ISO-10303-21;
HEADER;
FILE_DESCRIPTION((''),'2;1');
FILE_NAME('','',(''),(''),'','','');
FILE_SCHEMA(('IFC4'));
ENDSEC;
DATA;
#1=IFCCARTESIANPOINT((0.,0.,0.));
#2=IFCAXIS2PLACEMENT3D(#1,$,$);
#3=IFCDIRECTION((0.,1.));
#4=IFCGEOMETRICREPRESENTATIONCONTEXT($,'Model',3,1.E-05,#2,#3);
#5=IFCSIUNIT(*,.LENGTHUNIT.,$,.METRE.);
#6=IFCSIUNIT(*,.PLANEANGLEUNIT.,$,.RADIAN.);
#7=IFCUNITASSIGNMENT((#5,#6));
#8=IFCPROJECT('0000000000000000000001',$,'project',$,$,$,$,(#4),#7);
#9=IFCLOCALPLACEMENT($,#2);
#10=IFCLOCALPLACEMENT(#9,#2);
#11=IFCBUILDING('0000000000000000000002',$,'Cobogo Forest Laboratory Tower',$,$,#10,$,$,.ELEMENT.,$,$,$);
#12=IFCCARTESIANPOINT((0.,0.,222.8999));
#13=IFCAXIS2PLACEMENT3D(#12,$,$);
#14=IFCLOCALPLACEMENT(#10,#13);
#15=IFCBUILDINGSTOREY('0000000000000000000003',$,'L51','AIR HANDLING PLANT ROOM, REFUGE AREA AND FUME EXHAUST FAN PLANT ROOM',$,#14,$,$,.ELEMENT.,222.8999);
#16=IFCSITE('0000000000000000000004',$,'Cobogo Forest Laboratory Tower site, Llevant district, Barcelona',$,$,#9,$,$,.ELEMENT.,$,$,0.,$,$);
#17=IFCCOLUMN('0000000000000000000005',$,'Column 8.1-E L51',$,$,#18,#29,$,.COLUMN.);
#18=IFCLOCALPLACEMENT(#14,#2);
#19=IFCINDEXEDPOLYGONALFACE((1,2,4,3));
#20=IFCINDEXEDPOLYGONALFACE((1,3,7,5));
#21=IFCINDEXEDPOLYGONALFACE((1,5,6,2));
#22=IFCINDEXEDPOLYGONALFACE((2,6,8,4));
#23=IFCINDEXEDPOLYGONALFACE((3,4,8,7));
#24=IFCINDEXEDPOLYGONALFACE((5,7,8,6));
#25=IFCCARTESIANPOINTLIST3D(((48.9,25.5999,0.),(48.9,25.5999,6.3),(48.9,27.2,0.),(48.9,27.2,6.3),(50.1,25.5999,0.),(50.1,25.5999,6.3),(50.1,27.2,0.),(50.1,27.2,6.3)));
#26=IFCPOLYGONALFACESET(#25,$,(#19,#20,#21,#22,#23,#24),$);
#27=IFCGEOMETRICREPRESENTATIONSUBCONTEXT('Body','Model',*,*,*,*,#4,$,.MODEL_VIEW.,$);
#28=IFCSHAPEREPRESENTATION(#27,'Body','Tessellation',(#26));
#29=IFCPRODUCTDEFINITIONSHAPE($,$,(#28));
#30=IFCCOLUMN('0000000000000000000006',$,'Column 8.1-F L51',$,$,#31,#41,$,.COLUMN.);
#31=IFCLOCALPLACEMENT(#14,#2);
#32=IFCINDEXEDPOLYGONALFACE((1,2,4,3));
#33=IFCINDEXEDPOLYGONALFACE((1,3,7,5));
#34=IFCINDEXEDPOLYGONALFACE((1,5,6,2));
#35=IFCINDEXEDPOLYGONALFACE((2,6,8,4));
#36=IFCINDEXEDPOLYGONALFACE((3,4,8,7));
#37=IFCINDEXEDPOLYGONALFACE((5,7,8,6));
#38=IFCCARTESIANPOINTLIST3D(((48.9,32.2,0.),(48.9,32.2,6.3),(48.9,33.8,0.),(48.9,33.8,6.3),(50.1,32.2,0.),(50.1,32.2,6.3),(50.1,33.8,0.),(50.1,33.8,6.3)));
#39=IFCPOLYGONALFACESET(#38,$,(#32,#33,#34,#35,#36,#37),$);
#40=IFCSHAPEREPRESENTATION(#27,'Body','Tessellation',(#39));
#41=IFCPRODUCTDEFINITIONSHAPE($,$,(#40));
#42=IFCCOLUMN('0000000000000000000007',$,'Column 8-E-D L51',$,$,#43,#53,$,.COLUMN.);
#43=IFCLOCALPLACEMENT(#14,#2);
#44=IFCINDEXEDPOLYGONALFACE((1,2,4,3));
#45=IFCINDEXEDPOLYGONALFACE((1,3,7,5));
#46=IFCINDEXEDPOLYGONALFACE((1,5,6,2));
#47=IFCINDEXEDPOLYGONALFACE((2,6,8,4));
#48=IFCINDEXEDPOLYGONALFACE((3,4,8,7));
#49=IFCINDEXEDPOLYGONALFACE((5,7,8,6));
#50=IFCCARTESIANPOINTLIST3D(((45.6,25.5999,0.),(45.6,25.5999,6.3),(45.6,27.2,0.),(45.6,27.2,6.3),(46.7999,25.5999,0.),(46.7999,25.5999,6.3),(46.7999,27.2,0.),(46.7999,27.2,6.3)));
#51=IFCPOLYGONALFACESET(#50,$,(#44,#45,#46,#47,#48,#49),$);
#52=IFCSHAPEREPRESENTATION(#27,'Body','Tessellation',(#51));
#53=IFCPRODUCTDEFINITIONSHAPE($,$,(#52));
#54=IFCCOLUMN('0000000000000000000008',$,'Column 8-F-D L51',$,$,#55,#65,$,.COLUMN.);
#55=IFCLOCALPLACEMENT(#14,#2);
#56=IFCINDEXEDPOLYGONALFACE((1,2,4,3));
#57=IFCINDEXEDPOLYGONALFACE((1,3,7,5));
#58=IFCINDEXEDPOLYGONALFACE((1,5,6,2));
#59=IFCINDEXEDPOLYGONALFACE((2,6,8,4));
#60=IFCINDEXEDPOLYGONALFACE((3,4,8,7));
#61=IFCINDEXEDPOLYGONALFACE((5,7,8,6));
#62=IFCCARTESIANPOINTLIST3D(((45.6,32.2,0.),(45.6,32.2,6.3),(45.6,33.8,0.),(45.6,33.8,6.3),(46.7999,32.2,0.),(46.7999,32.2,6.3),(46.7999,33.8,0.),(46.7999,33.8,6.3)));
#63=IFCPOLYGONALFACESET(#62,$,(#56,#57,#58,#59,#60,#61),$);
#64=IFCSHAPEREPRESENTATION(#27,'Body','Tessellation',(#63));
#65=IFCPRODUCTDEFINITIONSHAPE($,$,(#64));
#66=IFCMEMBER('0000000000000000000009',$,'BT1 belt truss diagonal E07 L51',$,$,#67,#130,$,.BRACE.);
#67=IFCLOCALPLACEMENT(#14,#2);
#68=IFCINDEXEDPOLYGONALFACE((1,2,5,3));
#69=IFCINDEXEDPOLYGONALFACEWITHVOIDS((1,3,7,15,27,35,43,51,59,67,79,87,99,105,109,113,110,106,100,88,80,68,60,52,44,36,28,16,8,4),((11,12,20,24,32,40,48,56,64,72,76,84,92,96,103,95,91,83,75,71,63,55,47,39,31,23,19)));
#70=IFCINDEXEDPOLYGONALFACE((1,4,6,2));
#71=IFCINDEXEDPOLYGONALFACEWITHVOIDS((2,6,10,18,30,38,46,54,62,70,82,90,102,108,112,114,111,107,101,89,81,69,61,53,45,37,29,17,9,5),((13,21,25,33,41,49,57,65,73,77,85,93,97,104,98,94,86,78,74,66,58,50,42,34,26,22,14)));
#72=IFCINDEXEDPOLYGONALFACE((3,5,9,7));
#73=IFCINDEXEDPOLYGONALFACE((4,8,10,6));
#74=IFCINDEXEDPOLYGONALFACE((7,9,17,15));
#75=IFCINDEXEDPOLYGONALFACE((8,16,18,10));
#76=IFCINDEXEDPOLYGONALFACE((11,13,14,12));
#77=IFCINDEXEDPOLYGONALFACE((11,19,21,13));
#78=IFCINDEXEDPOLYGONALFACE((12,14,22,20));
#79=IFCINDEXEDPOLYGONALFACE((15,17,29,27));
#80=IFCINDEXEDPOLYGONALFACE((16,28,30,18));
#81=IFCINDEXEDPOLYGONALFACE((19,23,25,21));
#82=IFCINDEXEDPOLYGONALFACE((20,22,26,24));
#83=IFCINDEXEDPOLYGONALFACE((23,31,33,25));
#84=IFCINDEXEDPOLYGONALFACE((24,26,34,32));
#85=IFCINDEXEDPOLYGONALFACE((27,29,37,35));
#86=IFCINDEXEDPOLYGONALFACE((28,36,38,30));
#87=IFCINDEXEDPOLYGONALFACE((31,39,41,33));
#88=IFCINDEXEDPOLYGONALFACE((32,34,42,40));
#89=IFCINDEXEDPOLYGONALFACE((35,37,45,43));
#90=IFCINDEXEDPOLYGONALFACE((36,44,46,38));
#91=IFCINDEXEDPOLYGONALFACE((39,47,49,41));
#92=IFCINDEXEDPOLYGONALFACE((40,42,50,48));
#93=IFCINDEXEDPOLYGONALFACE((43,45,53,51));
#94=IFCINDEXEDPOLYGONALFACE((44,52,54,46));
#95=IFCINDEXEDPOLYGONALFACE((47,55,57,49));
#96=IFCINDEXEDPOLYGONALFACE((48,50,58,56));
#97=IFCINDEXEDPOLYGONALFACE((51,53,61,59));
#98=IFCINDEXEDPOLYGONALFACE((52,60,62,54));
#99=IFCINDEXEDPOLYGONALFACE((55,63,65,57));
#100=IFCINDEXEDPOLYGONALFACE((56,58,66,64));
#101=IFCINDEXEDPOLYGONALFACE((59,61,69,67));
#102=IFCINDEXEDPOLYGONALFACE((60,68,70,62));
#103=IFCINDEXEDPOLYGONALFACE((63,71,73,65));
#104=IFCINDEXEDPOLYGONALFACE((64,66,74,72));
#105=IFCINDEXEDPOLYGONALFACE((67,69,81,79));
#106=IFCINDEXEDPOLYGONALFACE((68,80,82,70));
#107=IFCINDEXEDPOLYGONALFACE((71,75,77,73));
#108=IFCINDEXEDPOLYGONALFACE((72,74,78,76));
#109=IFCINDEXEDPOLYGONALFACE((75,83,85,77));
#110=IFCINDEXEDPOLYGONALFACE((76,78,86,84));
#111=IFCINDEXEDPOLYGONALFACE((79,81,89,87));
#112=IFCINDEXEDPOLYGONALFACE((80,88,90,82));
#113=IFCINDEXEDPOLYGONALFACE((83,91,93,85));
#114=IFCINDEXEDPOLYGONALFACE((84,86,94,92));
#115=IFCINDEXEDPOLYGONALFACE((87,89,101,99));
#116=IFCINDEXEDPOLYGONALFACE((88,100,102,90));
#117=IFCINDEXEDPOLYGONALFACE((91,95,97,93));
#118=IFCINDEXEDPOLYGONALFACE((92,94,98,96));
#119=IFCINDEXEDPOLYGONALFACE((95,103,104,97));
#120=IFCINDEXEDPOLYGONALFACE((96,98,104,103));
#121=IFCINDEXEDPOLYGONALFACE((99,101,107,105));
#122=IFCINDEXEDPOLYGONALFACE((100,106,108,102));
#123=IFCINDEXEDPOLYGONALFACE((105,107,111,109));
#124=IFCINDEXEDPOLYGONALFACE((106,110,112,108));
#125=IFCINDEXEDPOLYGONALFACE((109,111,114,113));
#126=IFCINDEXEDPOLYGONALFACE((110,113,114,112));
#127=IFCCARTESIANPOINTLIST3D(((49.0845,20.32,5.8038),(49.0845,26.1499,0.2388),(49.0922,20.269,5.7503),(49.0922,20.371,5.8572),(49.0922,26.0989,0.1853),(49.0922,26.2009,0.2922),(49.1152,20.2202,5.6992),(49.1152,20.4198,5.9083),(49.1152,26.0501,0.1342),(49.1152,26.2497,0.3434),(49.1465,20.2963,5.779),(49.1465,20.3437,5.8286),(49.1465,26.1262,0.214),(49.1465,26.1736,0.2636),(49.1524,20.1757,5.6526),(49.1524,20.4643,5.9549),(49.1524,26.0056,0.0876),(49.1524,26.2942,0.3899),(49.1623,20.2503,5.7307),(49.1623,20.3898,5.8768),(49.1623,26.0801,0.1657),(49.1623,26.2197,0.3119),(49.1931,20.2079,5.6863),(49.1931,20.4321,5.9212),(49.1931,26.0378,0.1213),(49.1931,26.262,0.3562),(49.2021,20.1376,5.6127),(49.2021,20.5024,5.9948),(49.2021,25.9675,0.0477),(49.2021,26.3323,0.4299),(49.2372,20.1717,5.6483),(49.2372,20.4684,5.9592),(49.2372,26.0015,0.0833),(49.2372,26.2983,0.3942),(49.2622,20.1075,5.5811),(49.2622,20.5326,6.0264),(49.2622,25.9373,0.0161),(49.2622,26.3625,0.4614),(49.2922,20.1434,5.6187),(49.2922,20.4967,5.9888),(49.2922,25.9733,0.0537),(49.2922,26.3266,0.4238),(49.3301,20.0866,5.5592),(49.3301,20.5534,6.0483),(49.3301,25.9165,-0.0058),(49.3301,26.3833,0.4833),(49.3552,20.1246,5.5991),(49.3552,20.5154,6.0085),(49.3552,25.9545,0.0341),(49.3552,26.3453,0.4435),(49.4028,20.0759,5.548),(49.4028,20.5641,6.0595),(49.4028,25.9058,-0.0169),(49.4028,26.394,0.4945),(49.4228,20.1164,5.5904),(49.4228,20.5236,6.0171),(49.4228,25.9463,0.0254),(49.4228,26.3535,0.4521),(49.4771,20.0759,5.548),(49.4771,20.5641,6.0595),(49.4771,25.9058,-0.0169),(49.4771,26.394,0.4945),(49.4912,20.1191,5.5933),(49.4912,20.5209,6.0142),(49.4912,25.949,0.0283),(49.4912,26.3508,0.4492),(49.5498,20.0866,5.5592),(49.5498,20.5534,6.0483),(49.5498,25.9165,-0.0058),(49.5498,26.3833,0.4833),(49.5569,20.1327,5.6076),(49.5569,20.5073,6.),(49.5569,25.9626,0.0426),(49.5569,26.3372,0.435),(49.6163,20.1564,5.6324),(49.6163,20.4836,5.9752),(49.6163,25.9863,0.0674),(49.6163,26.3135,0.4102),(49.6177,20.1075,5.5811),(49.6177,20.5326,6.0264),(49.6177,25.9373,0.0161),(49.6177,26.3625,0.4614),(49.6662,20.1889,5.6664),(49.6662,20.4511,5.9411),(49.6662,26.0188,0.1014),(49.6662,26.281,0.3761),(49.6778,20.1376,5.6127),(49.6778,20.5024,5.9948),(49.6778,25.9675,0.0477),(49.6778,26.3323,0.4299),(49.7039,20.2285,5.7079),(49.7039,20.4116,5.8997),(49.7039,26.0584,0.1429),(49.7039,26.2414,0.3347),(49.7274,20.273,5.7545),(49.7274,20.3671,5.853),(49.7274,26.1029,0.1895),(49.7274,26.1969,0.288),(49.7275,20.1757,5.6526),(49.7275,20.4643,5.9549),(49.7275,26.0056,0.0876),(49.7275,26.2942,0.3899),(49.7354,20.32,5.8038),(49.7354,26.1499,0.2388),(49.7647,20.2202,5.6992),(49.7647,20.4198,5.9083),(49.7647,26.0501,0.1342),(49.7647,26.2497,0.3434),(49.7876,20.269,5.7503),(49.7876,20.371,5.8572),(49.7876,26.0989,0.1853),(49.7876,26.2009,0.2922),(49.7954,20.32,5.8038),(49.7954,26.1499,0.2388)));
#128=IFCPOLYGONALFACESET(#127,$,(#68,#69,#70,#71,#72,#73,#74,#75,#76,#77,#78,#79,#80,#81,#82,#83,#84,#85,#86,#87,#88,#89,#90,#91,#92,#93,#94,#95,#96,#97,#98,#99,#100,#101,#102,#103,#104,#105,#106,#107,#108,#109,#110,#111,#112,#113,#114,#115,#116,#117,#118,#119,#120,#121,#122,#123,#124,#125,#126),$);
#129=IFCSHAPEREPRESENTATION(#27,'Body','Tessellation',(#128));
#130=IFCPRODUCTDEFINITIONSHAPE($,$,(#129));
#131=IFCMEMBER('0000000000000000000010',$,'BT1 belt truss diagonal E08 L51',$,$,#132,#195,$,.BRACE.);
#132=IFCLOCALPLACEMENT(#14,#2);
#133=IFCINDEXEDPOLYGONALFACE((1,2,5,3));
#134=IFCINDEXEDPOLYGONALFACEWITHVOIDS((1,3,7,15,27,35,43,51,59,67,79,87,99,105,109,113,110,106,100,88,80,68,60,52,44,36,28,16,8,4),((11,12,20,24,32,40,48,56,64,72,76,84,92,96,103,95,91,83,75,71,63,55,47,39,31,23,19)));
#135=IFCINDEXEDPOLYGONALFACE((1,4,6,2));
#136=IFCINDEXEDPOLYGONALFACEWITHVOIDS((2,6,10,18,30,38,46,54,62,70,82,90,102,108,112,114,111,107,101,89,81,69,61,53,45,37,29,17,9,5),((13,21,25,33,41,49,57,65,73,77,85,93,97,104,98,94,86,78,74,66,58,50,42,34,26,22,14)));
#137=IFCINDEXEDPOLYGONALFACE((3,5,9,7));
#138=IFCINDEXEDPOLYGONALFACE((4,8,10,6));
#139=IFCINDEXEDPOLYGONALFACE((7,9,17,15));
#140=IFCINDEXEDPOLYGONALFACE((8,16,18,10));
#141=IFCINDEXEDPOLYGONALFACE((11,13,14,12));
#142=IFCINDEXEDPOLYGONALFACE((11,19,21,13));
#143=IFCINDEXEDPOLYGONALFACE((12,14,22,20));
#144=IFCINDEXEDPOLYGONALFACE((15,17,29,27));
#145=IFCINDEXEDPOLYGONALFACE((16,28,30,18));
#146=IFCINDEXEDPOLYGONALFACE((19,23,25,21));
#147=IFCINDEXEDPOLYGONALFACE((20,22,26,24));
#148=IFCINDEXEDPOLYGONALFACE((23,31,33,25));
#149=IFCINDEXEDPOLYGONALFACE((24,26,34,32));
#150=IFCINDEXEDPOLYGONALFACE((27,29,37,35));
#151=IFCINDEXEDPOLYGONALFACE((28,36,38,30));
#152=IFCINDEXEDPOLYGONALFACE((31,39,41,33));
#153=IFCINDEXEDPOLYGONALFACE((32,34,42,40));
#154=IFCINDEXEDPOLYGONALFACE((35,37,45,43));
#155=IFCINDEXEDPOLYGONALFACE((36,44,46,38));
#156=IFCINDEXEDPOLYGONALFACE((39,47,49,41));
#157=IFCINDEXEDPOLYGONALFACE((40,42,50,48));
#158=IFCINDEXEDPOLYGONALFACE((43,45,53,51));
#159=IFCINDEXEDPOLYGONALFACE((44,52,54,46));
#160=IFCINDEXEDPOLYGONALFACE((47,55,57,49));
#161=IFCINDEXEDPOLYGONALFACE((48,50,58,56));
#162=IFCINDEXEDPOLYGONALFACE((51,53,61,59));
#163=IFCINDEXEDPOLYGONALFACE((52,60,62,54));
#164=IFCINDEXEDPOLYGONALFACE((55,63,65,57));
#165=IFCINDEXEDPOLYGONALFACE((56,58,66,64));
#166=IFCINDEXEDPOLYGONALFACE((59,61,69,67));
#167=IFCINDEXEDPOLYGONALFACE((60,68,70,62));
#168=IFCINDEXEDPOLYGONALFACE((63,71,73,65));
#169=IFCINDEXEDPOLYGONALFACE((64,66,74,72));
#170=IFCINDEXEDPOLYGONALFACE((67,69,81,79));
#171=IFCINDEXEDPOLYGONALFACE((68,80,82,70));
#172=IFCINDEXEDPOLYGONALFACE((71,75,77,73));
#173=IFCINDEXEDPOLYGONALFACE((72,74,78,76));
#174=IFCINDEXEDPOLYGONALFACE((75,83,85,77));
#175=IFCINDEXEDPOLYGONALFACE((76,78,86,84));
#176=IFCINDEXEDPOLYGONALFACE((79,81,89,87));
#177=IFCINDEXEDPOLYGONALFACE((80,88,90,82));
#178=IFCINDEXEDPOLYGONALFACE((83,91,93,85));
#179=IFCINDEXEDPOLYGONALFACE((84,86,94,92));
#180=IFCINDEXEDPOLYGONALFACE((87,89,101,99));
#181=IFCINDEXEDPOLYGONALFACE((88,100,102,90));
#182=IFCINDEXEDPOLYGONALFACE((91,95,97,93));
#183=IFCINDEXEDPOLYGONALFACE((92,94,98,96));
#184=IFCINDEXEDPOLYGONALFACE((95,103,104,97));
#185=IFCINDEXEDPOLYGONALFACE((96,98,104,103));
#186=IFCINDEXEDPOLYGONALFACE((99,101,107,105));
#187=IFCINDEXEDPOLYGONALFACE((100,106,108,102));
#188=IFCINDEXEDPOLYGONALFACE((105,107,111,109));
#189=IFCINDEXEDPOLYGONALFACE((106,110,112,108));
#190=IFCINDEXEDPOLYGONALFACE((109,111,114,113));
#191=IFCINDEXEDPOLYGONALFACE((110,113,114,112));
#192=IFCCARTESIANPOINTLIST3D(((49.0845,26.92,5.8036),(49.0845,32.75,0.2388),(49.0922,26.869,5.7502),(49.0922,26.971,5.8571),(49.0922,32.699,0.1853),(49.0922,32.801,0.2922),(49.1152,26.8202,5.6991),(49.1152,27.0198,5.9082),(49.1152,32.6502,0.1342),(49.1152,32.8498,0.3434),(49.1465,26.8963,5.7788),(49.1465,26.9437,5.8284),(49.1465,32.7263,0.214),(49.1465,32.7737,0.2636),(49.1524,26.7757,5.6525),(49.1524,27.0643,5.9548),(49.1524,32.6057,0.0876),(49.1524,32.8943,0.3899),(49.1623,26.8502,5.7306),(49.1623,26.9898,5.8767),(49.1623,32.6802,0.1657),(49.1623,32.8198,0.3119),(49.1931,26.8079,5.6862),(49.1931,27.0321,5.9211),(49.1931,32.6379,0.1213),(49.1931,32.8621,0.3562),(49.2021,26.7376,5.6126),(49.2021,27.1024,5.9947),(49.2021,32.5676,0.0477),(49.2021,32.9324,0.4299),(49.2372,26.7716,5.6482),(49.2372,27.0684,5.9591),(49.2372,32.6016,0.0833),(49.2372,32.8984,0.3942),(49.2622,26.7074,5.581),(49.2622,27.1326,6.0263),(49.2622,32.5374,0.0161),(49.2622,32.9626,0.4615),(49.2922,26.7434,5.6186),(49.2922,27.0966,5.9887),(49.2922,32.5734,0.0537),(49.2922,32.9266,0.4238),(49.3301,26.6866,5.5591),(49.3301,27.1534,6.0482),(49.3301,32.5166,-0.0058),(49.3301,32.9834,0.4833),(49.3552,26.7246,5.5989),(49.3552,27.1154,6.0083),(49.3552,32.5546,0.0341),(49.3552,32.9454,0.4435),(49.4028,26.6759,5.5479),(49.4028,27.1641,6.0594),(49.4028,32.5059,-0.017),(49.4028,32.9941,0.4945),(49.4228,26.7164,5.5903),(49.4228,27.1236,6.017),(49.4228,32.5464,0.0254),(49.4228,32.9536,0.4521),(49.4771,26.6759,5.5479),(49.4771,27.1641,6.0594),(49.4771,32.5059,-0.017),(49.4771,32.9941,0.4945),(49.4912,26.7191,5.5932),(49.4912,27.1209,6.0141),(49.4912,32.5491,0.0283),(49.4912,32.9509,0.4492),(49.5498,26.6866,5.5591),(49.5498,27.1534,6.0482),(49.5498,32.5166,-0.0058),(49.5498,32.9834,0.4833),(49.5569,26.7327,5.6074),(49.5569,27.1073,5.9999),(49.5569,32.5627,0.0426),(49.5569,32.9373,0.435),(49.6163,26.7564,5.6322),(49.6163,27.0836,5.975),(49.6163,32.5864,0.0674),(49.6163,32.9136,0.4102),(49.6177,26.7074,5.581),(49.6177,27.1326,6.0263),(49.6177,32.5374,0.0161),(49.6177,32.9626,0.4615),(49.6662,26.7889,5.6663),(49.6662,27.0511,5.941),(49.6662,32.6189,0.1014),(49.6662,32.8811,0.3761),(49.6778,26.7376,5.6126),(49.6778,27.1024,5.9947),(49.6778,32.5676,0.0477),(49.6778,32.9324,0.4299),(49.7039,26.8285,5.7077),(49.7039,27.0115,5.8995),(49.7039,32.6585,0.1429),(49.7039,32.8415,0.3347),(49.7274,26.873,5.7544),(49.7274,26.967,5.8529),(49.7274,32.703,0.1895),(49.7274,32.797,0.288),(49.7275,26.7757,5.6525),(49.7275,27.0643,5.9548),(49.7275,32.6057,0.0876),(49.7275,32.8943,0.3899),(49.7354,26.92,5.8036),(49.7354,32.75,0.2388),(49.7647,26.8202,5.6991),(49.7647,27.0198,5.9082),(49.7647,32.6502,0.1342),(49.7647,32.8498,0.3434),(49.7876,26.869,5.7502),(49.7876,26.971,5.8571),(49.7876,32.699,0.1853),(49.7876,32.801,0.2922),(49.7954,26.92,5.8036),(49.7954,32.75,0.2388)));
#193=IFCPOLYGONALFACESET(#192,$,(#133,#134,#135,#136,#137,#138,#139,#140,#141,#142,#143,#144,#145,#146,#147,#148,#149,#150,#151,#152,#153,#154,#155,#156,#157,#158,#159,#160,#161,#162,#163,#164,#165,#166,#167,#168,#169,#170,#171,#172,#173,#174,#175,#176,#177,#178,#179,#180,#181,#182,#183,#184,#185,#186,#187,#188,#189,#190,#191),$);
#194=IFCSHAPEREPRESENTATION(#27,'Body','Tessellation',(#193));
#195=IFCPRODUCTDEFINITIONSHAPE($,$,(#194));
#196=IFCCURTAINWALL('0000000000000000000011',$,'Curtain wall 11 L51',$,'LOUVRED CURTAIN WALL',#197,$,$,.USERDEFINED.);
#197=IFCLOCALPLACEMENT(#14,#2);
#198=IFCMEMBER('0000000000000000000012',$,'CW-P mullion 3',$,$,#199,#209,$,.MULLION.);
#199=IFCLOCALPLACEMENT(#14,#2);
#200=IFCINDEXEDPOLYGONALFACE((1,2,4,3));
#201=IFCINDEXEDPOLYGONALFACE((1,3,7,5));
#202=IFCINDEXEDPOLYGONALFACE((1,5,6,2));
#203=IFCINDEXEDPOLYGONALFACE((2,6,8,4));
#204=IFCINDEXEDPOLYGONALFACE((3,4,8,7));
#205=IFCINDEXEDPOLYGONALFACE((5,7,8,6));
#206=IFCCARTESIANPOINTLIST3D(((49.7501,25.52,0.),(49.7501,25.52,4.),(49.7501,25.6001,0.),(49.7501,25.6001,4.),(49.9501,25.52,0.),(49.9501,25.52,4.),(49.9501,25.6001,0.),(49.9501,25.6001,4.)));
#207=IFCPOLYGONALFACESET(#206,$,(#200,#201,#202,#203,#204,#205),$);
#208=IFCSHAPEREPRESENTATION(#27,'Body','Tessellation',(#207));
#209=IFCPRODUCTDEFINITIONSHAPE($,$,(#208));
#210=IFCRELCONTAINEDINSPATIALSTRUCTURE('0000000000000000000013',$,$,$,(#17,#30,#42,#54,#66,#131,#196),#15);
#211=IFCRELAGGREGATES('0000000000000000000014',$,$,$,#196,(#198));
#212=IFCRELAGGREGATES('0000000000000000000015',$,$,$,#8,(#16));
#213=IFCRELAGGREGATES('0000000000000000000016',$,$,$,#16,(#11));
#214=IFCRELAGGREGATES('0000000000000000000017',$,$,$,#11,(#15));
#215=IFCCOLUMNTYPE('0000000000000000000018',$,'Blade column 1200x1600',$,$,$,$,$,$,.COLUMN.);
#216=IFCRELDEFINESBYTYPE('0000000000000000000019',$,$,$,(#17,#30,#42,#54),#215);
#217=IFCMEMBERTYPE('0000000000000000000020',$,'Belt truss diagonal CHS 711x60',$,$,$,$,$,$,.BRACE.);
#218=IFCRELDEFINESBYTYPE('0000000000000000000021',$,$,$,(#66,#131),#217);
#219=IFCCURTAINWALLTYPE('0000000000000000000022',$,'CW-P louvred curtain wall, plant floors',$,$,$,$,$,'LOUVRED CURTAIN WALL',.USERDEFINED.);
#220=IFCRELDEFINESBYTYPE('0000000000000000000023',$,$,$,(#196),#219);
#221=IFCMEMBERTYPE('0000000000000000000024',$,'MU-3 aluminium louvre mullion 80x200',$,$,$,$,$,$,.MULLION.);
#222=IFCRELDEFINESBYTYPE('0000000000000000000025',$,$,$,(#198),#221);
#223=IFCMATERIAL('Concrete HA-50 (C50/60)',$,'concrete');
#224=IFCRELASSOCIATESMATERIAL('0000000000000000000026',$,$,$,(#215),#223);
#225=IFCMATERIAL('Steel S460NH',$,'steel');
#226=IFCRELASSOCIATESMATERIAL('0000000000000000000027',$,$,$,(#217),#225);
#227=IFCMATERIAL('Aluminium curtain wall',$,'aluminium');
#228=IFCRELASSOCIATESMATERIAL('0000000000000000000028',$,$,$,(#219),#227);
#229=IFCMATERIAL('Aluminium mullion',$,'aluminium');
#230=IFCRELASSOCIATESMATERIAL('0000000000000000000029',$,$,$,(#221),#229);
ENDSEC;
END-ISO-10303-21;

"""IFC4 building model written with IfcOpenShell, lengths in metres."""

from ifc_helpers import new_model, si_unit, direction, frame, origin, origin_2d, place, context, subcontext, project, spatial, rectangle, hollow_circle, extrude, material, material_profile, profile_set, type_object, element, aggregate, save


model = new_model("IFC4")

# Units and contexts
model_context = context("Model", 3, precision=1e-05, world=origin(), true_north=direction((0.0, 1.0)))
body_context = subcontext(model_context, "Body", "Model", "MODEL_VIEW")
ifc_project = project(units=[si_unit("LENGTHUNIT", "METRE"), si_unit("PLANEANGLEUNIT", "RADIAN")], contexts=[model_context])

# Site, building, storey
site_placement = place(None, origin())
site = spatial("IfcSite", under=ifc_project, at=site_placement, Name="Cobogo Forest Laboratory Tower site, Llevant district, Barcelona", CompositionType="ELEMENT", RefElevation=0.0)
building_placement = place(site_placement, origin())
building = spatial("IfcBuilding", under=site, at=building_placement, Name="Cobogo Forest Laboratory Tower", CompositionType="ELEMENT")
storey_placement = place(building_placement, frame((0.0, 0.0, 222.8999)))
storey = spatial("IfcBuildingStorey", under=building, at=storey_placement, Name="L51", Description="AIR HANDLING PLANT ROOM, REFUGE AREA AND FUME EXHAUST FAN PLANT ROOM", CompositionType="ELEMENT", Elevation=222.8999)

# Columns
ifc_material_1 = material(Name="Concrete HA-50 (C50/60)", Category="concrete")
ifc_material_profile_1 = material_profile(ifc_material_1, rectangle(XDim=1.6001, YDim=1.2, at=origin_2d()), Name="RC 1200x1600")
ifc_profile_set_1 = profile_set([ifc_material_profile_1], Name="Concrete HA-50 (C50/60)")
column_type = type_object("IfcColumnType", Name="Blade column 1200x1600", PredefinedType="COLUMN", material=ifc_profile_set_1)
for number, where, z_axis, x_axis, name in (
    (1, (49.5, 26.3999, 0.0), (0.0, 0.0, 1.0), (0.0, 1.0, 0.0), "Column 8.1-E L51"),
    (2, (49.5, 33.0, 0.0), (0.0, 0.0, 1.0), (0.0, 1.0, 0.0), "Column 8.1-F L51"),
    (3, (46.2, 26.3999, 0.0), (0.0, 0.0, 1.0), (0.0, 1.0, 0.0), "Column 8-E-D L51"),
    (4, (46.2, 33.0, 0.0), (0.0, 0.0, 1.0), (0.0, 1.0, 0.0), "Column 8-F-D L51"),
):
    element("IfcColumn", number, at=place(storey_placement, frame(where, z_axis=z_axis, x_axis=x_axis)), inside=storey, type_object=column_type, Name=name, PredefinedType="COLUMN", context=body_context, shape_type="SweptSolid", body=[
        extrude(rectangle(XDim=1.6001, YDim=1.2, at=origin_2d()), origin(), (0.0, 0.0, 1.0), 6.3),
    ])

# Members
ifc_material_2 = material(Name="Steel S460NH", Category="steel")
ifc_material_profile_2 = material_profile(ifc_material_2, hollow_circle(Radius=0.3555, WallThickness=0.0601, at=origin_2d()), Name="CHS 711x60")
ifc_profile_set_2 = profile_set([ifc_material_profile_2], Name="Steel S460NH")
member_type_1 = type_object("IfcMemberType", Name="Belt truss diagonal CHS 711x60", PredefinedType="BRACE", material=ifc_profile_set_2)
for number, where, z_axis, x_axis, name in (
    (5, (49.4399, 26.1499, 0.2388), (0.0, -0.723349, 0.690482), (1.0, 0.0, 0.0), "BT1 belt truss diagonal E07 L51"),
    (6, (49.4399, 32.75, 0.2388), (0.0, -0.723364, 0.690467), (1.0, 0.0, 0.0), "BT1 belt truss diagonal E08 L51"),
):
    element("IfcMember", number, at=place(storey_placement, frame(where, z_axis=z_axis, x_axis=x_axis)), inside=storey, type_object=member_type_1, Name=name, PredefinedType="BRACE", context=body_context, shape_type="SweptSolid", body=[
        extrude(hollow_circle(Radius=0.3555, WallThickness=0.0601, at=origin_2d()), origin(), (0.0, 0.0, 1.0), 8.0596),
    ])

# Curtain wall, member
ifc_material_3 = material(Name="Aluminium curtain wall", Category="aluminium")
curtain_wall_type = type_object("IfcCurtainWallType", Name="CW-P louvred curtain wall, plant floors", ElementType="LOUVRED CURTAIN WALL", PredefinedType="USERDEFINED", material=ifc_material_3)
curtain_wall_1_placement = place(storey_placement, origin())
curtain_wall_1 = element("IfcCurtainWall", 7, at=curtain_wall_1_placement, inside=storey, type_object=curtain_wall_type, Name="Curtain wall 11 L51", ObjectType="LOUVRED CURTAIN WALL", PredefinedType="USERDEFINED")
ifc_material_4 = material(Name="Aluminium mullion", Category="aluminium")
ifc_material_profile_3 = material_profile(ifc_material_4, rectangle(XDim=0.0801, YDim=0.2, at=origin_2d()), Name="AL 80x200")
ifc_profile_set_3 = profile_set([ifc_material_profile_3], Name="Aluminium mullion")
member_type_2 = type_object("IfcMemberType", Name="MU-3 aluminium louvre mullion 80x200", PredefinedType="MULLION", material=ifc_profile_set_3)
member_1_placement = place(storey_placement, frame((49.8501, 25.5601, 0.0), z_axis=(0.0, 0.0, 1.0), x_axis=(0.0, 1.0, 0.0)))
member_1 = element("IfcMember", 8, at=member_1_placement, type_object=member_type_2, Name="CW-P mullion 3", PredefinedType="MULLION", context=body_context, shape_type="SweptSolid", body=[
    extrude(rectangle(XDim=0.0801, YDim=0.2, at=origin_2d()), origin(), (0.0, 0.0, 1.0), 4.0),
])

aggregate(curtain_wall_1, [member_1])

save(model, "model.ifc")
